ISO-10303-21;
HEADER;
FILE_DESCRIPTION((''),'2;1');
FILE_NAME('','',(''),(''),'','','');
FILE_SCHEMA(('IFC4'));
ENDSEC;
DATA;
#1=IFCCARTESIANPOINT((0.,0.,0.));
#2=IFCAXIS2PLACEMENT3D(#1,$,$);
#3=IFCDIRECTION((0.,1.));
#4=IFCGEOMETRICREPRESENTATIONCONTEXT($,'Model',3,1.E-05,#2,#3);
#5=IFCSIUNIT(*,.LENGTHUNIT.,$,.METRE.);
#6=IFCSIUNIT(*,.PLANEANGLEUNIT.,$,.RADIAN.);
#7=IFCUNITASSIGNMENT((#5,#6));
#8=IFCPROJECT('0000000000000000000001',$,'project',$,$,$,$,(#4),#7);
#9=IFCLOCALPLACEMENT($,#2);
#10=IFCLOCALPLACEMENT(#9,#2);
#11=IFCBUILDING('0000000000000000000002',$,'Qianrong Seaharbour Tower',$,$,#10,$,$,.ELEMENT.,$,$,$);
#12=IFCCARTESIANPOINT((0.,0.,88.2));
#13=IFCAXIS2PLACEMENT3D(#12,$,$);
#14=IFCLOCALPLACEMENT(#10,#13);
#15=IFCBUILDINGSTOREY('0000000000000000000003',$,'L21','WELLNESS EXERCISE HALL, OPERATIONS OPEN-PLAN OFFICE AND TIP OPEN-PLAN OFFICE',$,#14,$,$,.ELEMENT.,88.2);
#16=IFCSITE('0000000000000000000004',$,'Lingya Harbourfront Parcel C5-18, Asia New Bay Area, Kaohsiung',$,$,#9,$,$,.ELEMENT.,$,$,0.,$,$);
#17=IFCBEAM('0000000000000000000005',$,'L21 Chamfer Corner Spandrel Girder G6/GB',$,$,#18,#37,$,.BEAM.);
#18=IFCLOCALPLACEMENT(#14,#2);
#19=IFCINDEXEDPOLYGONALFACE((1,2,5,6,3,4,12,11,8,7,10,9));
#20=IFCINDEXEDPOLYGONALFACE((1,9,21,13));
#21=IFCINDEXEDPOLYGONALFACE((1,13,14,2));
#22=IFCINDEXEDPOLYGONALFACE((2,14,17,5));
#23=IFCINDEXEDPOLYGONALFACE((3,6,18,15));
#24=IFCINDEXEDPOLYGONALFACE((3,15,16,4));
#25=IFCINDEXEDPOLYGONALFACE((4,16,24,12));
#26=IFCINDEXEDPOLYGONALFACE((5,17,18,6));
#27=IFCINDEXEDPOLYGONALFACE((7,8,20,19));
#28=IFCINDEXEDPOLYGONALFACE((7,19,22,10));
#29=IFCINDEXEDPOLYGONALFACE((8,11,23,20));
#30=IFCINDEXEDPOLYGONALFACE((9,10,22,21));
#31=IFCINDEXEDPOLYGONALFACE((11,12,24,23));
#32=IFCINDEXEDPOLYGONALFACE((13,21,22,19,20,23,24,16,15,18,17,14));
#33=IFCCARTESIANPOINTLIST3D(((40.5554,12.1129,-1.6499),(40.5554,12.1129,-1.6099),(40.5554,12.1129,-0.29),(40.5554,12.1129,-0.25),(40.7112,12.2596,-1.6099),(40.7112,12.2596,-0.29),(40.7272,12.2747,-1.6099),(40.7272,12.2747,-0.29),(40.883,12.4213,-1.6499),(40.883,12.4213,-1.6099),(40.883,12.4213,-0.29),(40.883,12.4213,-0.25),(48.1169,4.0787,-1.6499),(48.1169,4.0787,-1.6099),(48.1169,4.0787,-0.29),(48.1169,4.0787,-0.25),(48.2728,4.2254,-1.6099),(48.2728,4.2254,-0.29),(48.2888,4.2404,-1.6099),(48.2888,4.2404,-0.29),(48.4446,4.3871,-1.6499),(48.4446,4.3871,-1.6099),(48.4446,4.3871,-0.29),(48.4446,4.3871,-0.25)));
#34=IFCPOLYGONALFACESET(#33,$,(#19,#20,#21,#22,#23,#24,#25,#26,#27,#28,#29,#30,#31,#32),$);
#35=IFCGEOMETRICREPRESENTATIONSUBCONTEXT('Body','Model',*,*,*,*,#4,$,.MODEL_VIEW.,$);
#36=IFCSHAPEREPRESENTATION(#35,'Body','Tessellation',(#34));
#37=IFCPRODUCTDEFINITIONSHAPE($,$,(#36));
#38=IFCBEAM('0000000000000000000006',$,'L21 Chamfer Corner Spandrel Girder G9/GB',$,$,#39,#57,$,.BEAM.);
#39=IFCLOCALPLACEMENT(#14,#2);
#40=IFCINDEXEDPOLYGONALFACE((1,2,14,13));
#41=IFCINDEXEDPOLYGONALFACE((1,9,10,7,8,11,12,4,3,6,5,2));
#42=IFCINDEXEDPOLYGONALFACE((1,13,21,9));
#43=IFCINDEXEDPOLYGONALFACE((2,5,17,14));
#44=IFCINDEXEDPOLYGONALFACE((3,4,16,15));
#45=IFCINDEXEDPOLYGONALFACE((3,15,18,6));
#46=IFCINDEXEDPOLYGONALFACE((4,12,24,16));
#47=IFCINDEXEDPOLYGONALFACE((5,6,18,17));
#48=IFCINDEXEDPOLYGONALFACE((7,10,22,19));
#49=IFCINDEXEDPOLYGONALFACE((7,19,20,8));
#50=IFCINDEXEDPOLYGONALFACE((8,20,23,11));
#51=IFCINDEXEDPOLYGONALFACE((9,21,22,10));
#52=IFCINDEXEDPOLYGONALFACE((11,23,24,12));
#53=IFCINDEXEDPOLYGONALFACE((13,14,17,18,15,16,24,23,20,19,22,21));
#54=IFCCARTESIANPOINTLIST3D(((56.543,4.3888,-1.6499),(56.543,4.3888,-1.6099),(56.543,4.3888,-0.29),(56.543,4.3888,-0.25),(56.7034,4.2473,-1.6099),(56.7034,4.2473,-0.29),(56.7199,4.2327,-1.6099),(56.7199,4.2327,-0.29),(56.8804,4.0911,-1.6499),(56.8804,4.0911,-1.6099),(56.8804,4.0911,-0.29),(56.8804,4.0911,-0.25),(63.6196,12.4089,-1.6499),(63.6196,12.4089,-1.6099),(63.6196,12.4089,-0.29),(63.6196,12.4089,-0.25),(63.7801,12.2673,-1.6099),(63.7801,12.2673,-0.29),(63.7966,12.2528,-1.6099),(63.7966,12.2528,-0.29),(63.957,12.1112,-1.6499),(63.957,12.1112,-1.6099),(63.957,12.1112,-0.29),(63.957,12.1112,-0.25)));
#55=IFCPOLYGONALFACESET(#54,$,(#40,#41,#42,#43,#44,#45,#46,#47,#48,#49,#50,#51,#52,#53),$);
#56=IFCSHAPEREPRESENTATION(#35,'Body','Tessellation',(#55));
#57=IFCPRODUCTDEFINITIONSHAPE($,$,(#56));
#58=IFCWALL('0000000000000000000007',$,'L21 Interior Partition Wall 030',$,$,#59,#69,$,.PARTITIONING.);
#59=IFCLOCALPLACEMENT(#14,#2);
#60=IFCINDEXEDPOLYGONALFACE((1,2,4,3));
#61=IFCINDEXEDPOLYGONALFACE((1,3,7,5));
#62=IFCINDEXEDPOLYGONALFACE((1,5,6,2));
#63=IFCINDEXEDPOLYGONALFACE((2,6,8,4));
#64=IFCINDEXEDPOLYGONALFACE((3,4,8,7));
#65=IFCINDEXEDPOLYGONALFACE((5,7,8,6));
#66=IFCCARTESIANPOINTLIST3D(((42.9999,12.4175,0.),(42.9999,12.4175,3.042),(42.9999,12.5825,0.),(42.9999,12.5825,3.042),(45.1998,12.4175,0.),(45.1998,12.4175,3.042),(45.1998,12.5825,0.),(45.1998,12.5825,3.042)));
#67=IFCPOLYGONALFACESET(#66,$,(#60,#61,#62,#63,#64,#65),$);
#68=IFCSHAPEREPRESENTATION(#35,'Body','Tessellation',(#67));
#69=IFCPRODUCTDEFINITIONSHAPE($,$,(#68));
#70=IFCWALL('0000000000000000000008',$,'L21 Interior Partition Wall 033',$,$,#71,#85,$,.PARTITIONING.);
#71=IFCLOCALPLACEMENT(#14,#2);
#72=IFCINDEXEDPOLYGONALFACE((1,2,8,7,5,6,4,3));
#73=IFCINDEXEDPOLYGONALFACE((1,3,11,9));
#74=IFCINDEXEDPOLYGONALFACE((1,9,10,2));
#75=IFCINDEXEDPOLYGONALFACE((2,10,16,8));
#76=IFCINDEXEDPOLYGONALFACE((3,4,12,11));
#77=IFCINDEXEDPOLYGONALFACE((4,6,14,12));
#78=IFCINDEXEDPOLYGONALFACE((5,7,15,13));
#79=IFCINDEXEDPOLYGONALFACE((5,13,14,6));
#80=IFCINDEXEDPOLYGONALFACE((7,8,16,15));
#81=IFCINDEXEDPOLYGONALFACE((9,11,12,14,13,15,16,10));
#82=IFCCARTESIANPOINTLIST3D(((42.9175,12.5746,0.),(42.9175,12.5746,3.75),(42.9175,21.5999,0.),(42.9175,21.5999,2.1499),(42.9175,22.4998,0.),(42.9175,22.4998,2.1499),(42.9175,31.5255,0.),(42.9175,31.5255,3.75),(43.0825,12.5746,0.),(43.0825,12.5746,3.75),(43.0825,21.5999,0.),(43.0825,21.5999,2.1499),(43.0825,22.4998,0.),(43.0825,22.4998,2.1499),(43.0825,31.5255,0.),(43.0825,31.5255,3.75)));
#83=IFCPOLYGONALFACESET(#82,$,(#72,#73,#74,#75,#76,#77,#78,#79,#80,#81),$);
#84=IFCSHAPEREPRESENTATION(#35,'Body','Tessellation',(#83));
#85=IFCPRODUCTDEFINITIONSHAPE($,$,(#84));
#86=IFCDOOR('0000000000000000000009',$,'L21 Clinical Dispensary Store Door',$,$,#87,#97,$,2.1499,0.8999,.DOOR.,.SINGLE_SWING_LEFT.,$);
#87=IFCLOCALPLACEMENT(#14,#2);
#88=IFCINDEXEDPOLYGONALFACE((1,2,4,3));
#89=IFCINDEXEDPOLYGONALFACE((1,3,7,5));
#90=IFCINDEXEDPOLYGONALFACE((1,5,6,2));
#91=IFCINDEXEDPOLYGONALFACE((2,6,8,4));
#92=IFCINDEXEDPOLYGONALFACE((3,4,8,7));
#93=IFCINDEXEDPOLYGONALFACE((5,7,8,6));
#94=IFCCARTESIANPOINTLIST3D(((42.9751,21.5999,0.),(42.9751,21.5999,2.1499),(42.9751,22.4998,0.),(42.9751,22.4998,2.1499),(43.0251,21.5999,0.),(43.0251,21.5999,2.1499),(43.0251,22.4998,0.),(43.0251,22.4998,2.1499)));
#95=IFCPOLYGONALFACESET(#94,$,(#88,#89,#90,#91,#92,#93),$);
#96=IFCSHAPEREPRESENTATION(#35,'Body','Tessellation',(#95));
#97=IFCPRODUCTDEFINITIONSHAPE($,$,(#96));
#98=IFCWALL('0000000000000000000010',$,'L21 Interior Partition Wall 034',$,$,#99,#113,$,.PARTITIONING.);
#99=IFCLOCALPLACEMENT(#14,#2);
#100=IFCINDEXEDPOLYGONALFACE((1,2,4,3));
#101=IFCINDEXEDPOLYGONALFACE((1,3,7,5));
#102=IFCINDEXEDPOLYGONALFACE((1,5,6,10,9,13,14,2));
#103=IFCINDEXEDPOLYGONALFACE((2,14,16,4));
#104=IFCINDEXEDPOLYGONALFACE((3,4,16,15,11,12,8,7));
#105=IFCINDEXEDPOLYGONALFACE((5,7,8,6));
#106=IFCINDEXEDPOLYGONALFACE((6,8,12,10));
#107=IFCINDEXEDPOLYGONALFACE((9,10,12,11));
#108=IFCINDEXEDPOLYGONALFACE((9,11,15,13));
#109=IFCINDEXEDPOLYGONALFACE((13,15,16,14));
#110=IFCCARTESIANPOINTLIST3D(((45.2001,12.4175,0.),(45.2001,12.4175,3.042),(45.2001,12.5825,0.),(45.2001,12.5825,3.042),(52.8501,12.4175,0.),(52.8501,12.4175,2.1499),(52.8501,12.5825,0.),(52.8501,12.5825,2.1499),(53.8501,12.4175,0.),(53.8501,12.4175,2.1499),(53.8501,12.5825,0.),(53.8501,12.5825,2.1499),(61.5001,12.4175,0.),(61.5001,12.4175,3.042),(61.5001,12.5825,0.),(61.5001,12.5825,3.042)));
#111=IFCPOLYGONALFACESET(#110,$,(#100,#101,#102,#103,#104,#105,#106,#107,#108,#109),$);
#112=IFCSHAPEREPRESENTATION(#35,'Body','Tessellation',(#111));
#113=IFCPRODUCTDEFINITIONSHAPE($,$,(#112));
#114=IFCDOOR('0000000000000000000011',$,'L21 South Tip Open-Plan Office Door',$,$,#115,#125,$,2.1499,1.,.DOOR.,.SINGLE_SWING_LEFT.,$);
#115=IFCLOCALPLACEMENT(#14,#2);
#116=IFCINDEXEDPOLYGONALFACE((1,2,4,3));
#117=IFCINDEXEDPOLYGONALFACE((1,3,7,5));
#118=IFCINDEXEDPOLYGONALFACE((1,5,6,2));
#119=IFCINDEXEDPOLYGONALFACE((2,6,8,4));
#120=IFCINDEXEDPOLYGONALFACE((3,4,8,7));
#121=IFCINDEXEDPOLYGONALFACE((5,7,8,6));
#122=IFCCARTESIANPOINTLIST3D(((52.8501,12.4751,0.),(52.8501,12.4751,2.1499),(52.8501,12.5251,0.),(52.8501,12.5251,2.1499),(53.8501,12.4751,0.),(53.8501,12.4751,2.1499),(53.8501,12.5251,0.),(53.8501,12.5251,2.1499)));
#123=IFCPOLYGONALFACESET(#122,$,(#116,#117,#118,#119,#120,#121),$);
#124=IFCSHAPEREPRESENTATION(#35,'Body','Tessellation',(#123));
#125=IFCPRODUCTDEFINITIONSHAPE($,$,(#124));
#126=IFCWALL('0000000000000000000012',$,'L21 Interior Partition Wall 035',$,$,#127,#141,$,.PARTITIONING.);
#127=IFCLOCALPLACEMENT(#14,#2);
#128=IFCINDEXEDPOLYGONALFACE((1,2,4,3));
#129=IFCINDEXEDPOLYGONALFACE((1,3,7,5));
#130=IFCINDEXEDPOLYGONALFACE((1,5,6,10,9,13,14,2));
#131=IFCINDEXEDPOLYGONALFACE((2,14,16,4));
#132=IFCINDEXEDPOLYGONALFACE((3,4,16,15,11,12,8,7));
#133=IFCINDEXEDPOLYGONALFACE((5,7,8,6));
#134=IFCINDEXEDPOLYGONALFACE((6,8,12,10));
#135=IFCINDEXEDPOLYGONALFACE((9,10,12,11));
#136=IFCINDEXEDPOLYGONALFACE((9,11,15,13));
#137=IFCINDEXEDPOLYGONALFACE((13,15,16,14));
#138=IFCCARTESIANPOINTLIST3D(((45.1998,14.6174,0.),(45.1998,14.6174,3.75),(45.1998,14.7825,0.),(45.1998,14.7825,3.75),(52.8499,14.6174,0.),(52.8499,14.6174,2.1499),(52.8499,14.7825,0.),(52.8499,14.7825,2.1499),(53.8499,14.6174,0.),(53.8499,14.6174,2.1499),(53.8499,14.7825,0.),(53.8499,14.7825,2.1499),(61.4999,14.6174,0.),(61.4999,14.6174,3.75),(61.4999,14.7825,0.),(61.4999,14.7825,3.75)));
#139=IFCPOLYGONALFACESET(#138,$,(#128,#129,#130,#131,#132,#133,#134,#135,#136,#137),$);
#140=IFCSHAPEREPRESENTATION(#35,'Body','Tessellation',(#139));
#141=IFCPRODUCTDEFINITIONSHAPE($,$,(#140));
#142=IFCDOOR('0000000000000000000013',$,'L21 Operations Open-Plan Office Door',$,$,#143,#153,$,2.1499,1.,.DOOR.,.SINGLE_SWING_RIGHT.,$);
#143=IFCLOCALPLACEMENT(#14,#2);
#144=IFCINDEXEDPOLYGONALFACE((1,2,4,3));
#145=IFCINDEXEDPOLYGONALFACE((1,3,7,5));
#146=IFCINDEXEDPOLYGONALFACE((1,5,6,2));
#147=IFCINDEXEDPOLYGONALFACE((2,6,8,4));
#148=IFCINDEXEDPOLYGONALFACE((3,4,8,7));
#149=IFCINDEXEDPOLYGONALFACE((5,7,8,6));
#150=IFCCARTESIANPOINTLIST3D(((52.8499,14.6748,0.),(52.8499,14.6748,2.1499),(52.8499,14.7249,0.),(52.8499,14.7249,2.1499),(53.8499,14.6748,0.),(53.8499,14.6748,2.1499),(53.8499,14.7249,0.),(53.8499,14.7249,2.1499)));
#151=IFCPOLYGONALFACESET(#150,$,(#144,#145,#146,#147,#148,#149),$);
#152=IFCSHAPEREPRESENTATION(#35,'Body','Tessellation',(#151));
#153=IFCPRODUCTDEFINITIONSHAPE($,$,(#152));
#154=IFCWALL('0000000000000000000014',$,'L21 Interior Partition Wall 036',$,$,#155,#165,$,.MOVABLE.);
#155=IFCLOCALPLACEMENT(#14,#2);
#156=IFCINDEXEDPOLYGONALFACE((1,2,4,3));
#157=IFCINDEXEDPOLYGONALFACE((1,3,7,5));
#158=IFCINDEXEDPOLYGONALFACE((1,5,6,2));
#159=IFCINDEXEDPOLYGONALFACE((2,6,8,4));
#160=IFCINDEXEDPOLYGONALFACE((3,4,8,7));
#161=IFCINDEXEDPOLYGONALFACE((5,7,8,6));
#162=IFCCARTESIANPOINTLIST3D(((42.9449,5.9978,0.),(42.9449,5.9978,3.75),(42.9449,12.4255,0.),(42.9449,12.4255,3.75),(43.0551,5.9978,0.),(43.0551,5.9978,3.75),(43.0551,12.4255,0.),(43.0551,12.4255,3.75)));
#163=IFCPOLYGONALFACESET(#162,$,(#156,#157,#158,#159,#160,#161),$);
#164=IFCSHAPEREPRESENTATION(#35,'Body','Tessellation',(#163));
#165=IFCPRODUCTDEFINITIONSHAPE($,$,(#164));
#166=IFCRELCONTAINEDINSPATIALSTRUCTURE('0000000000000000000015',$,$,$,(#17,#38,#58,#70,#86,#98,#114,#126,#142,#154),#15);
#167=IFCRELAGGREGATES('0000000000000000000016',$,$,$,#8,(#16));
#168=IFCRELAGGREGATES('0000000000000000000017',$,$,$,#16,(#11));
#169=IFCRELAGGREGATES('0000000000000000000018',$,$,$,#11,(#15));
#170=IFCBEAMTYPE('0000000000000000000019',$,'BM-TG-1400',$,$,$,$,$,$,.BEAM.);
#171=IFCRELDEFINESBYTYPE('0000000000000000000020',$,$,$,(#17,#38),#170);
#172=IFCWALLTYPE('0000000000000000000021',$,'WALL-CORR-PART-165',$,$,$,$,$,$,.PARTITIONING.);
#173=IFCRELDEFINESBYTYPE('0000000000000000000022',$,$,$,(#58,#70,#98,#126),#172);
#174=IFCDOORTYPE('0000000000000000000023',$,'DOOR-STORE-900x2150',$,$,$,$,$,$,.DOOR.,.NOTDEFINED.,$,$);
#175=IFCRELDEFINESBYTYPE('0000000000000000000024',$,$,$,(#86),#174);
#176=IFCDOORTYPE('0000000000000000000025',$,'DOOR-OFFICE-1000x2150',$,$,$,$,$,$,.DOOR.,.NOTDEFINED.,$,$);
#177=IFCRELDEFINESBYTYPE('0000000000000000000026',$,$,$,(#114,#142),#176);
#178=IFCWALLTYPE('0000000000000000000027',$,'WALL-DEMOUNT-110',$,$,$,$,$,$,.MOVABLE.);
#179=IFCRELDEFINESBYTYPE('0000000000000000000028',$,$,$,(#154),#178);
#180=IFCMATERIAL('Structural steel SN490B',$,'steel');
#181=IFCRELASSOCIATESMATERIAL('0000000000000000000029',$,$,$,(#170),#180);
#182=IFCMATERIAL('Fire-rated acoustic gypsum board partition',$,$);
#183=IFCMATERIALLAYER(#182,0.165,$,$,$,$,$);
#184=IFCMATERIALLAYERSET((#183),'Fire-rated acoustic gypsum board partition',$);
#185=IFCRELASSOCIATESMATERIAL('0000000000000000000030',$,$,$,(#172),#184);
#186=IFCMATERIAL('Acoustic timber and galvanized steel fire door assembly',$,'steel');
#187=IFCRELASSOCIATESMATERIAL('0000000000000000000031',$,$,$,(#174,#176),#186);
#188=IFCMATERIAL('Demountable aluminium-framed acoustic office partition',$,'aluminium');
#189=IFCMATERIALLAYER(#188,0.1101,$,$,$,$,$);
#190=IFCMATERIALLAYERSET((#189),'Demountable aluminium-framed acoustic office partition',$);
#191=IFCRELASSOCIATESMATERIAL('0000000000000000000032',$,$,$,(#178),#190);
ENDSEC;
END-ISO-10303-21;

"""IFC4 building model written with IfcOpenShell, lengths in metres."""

from ifc_helpers import new_model, si_unit, direction, frame, frame_2d, origin, origin_2d, place, context, subcontext, project, spatial, rectangle, i_section, extrude, material, layer, layer_set, material_profile, profile_set, type_object, element, fill, save


model = new_model("IFC4")

# Units and contexts
model_context = context("Model", 3, precision=1e-05, world=origin(), true_north=direction((0.0, 1.0)))
body_context = subcontext(model_context, "Body", "Model", "MODEL_VIEW")
ifc_project = project(units=[si_unit("LENGTHUNIT", "METRE"), si_unit("PLANEANGLEUNIT", "RADIAN")], contexts=[model_context])

# Site, building, storey
site_placement = place(None, origin())
site = spatial("IfcSite", under=ifc_project, at=site_placement, Name="Lingya Harbourfront Parcel C5-18, Asia New Bay Area, Kaohsiung", CompositionType="ELEMENT", RefElevation=0.0)
building_placement = place(site_placement, origin())
building = spatial("IfcBuilding", under=site, at=building_placement, Name="Qianrong Seaharbour Tower", CompositionType="ELEMENT")
storey_placement = place(building_placement, frame((0.0, 0.0, 88.2)))
storey = spatial("IfcBuildingStorey", under=building, at=storey_placement, Name="L21", Description="WELLNESS EXERCISE HALL, OPERATIONS OPEN-PLAN OFFICE AND TIP OPEN-PLAN OFFICE", CompositionType="ELEMENT", Elevation=88.2)

# Shared definitions
ifc_material_1 = material(Name="Structural steel SN490B", Category="steel")

# Beams
ifc_material_profile_1 = material_profile(ifc_material_1, i_section(OverallWidth=0.45, OverallDepth=1.3999, WebThickness=0.022, FlangeThickness=0.04, at=origin_2d()), Name="BH1400x450x22x40")
ifc_profile_set_1 = profile_set([ifc_material_profile_1], Name="Structural steel SN490B")
beam_type_1 = type_object("IfcBeamType", Name="BM-TG-1400", PredefinedType="BEAM", material=ifc_profile_set_1)
beam_1_placement = place(storey_placement, frame((48.2808, 4.2329, -0.95), z_axis=(-0.685362, 0.728203, 0.0), x_axis=(-0.728203, -0.685362, 0.0)))
element("IfcBeam", 1, at=beam_1_placement, inside=storey, type_object=beam_type_1, Name="L21 Chamfer Corner Spandrel Girder G6/GB", PredefinedType="BEAM", context=body_context, shape_type="SweptSolid", body=[
    extrude(i_section(OverallWidth=0.45, OverallDepth=1.3999, WebThickness=0.022, FlangeThickness=0.04, at=origin_2d()), origin(), (0.0, 0.0, 1.0), 11.033),
])
beam_2_placement = place(storey_placement, frame((56.7117, 4.24, -0.95), z_axis=(0.661631, 0.74983, 0.0), x_axis=(-0.74983, 0.661631, 0.0)))
element("IfcBeam", 2, at=beam_2_placement, inside=storey, type_object=beam_type_1, Name="L21 Chamfer Corner Spandrel Girder G9/GB", PredefinedType="BEAM", context=body_context, shape_type="SweptSolid", body=[
    extrude(i_section(OverallWidth=0.45, OverallDepth=1.3999, WebThickness=0.022, FlangeThickness=0.04, at=origin_2d()), origin(), (0.0, 0.0, 1.0), 10.6958),
])

# Wall
ifc_material_2 = material(Name="Fire-rated acoustic gypsum board partition")
ifc_layer_1 = layer(ifc_material_2, 0.165)
ifc_layer_set_1 = layer_set([ifc_layer_1], Name="Fire-rated acoustic gypsum board partition")
wall_type_1 = type_object("IfcWallType", Name="WALL-CORR-PART-165", PredefinedType="PARTITIONING", material=ifc_layer_set_1)
wall_1_placement = place(storey_placement, frame((45.2, 12.5, 0.0), z_axis=(0.0, 0.0, 1.0), x_axis=(-1.0, 0.0, 0.0)))
element("IfcWall", 3, at=wall_1_placement, inside=storey, type_object=wall_type_1, Name="L21 Interior Partition Wall 030", PredefinedType="PARTITIONING", context=body_context, shape_type="SweptSolid", body=[
    extrude(rectangle(XDim=2.2, YDim=0.165, at=frame_2d((1.1001, 0.0))), origin(), (0.0, 0.0, 1.0), 3.042),
])

# Walls, openings, doors
wall_2_placement = place(storey_placement, frame((43.0, 12.5745, 0.0), z_axis=(0.0, 0.0, 1.0), x_axis=(0.0, 1.0, 0.0)))
wall_2 = element("IfcWall", 4, at=wall_2_placement, inside=storey, type_object=wall_type_1, Name="L21 Interior Partition Wall 033", PredefinedType="PARTITIONING", context=body_context, shape_type="SweptSolid", body=[
    extrude(rectangle(XDim=18.9509, YDim=0.165, at=frame_2d((9.4756, 0.0))), origin(), (0.0, 0.0, 1.0), 3.75),
])
opening_1_placement = place(wall_2_placement, frame((9.0254, 0.0, 0.0)))
opening_1 = element("IfcOpeningElement", 5, at=opening_1_placement, cuts=wall_2, PredefinedType="OPENING", context=body_context, shape_type="SweptSolid", body=[
    extrude(rectangle(XDim=0.8999, YDim=2.1499, at=frame_2d((0.45, 1.075))), frame((0.0, 0.0925, 0.0), z_axis=(0.0, -1.0, 0.0), x_axis=(1.0, 0.0, 0.0)), (0.0, 0.0, 1.0), 0.1851),
])
ifc_material_3 = material(Name="Acoustic timber and galvanized steel fire door assembly", Category="steel")
door_type_1 = type_object("IfcDoorType", Name="DOOR-STORE-900x2150", OperationType="NOTDEFINED", PredefinedType="DOOR", material=ifc_material_3)
door_1_placement = place(opening_1_placement, origin())
door_1 = element("IfcDoor", 6, at=door_1_placement, inside=storey, type_object=door_type_1, Name="L21 Clinical Dispensary Store Door", OperationType="SINGLE_SWING_LEFT", OverallHeight=2.1499, OverallWidth=0.8999, PredefinedType="DOOR", context=body_context, shape_type="SweptSolid", body=[
    extrude(rectangle(XDim=0.8999, YDim=2.1499, at=frame_2d((0.45, 1.075))), frame((0.0, 0.0249, 0.0), z_axis=(0.0, -1.0, 0.0), x_axis=(1.0, 0.0, 0.0)), (0.0, 0.0, 1.0), 0.05),
])
fill(opening_1, door_1)
wall_3_placement = place(storey_placement, frame((61.5, 12.5, 0.0), z_axis=(0.0, 0.0, 1.0), x_axis=(-1.0, 0.0, 0.0)))
wall_3 = element("IfcWall", 7, at=wall_3_placement, inside=storey, type_object=wall_type_1, Name="L21 Interior Partition Wall 034", PredefinedType="PARTITIONING", context=body_context, shape_type="SweptSolid", body=[
    extrude(rectangle(XDim=16.3, YDim=0.165, at=frame_2d((8.1499, 0.0))), origin(), (0.0, 0.0, 1.0), 3.042),
])
opening_2_placement = place(wall_3_placement, frame((7.6499, 0.0, 0.0)))
opening_2 = element("IfcOpeningElement", 8, at=opening_2_placement, cuts=wall_3, PredefinedType="OPENING", context=body_context, shape_type="SweptSolid", body=[
    extrude(rectangle(XDim=1.0, YDim=2.1499, at=frame_2d((0.5, 1.075))), frame((0.0, 0.0925, 0.0), z_axis=(0.0, -1.0, 0.0), x_axis=(1.0, 0.0, 0.0)), (0.0, 0.0, 1.0), 0.1851),
])
door_type_2 = type_object("IfcDoorType", Name="DOOR-OFFICE-1000x2150", OperationType="NOTDEFINED", PredefinedType="DOOR", material=ifc_material_3)
door_2_placement = place(opening_2_placement, origin())
door_2 = element("IfcDoor", 9, at=door_2_placement, inside=storey, type_object=door_type_2, Name="L21 South Tip Open-Plan Office Door", OperationType="SINGLE_SWING_LEFT", OverallHeight=2.1499, OverallWidth=1.0, PredefinedType="DOOR", context=body_context, shape_type="SweptSolid", body=[
    extrude(rectangle(XDim=1.0, YDim=2.1499, at=frame_2d((0.5, 1.075))), frame((0.0, 0.0249, 0.0), z_axis=(0.0, -1.0, 0.0), x_axis=(1.0, 0.0, 0.0)), (0.0, 0.0, 1.0), 0.05),
])
fill(opening_2, door_2)
wall_4_placement = place(storey_placement, frame((45.2, 14.7, 0.0), z_axis=(0.0, 0.0, 1.0), x_axis=(1.0, 0.0, 0.0)))
wall_4 = element("IfcWall", 10, at=wall_4_placement, inside=storey, type_object=wall_type_1, Name="L21 Interior Partition Wall 035", PredefinedType="PARTITIONING", context=body_context, shape_type="SweptSolid", body=[
    extrude(rectangle(XDim=16.3, YDim=0.165, at=frame_2d((8.1499, 0.0))), origin(), (0.0, 0.0, 1.0), 3.75),
])
opening_3_placement = place(wall_4_placement, frame((7.6499, 0.0, 0.0)))
opening_3 = element("IfcOpeningElement", 11, at=opening_3_placement, cuts=wall_4, PredefinedType="OPENING", context=body_context, shape_type="SweptSolid", body=[
    extrude(rectangle(XDim=1.0, YDim=2.1499, at=frame_2d((0.5, 1.075))), frame((0.0, 0.0925, 0.0), z_axis=(0.0, -1.0, 0.0), x_axis=(1.0, 0.0, 0.0)), (0.0, 0.0, 1.0), 0.1851),
])
door_3_placement = place(opening_3_placement, origin())
door_3 = element("IfcDoor", 12, at=door_3_placement, inside=storey, type_object=door_type_2, Name="L21 Operations Open-Plan Office Door", OperationType="SINGLE_SWING_RIGHT", OverallHeight=2.1499, OverallWidth=1.0, PredefinedType="DOOR", context=body_context, shape_type="SweptSolid", body=[
    extrude(rectangle(XDim=1.0, YDim=2.1499, at=frame_2d((0.5, 1.075))), frame((0.0, 0.0249, 0.0), z_axis=(0.0, -1.0, 0.0), x_axis=(1.0, 0.0, 0.0)), (0.0, 0.0, 1.0), 0.05),
])
fill(opening_3, door_3)

# Wall
ifc_material_4 = material(Name="Demountable aluminium-framed acoustic office partition", Category="aluminium")
ifc_layer_2 = layer(ifc_material_4, 0.1101)
ifc_layer_set_2 = layer_set([ifc_layer_2], Name="Demountable aluminium-framed acoustic office partition")
wall_type_2 = type_object("IfcWallType", Name="WALL-DEMOUNT-110", PredefinedType="MOVABLE", material=ifc_layer_set_2)
wall_5_placement = place(storey_placement, frame((43.0, 5.9978, 0.0), z_axis=(0.0, 0.0, 1.0), x_axis=(0.0, 1.0, 0.0)))
element("IfcWall", 13, at=wall_5_placement, inside=storey, type_object=wall_type_2, Name="L21 Interior Partition Wall 036", PredefinedType="MOVABLE", context=body_context, shape_type="SweptSolid", body=[
    extrude(rectangle(XDim=6.4277, YDim=0.1101, at=frame_2d((3.2139, 0.0))), origin(), (0.0, 0.0, 1.0), 3.75),
])

save(model, "model.ifc")
